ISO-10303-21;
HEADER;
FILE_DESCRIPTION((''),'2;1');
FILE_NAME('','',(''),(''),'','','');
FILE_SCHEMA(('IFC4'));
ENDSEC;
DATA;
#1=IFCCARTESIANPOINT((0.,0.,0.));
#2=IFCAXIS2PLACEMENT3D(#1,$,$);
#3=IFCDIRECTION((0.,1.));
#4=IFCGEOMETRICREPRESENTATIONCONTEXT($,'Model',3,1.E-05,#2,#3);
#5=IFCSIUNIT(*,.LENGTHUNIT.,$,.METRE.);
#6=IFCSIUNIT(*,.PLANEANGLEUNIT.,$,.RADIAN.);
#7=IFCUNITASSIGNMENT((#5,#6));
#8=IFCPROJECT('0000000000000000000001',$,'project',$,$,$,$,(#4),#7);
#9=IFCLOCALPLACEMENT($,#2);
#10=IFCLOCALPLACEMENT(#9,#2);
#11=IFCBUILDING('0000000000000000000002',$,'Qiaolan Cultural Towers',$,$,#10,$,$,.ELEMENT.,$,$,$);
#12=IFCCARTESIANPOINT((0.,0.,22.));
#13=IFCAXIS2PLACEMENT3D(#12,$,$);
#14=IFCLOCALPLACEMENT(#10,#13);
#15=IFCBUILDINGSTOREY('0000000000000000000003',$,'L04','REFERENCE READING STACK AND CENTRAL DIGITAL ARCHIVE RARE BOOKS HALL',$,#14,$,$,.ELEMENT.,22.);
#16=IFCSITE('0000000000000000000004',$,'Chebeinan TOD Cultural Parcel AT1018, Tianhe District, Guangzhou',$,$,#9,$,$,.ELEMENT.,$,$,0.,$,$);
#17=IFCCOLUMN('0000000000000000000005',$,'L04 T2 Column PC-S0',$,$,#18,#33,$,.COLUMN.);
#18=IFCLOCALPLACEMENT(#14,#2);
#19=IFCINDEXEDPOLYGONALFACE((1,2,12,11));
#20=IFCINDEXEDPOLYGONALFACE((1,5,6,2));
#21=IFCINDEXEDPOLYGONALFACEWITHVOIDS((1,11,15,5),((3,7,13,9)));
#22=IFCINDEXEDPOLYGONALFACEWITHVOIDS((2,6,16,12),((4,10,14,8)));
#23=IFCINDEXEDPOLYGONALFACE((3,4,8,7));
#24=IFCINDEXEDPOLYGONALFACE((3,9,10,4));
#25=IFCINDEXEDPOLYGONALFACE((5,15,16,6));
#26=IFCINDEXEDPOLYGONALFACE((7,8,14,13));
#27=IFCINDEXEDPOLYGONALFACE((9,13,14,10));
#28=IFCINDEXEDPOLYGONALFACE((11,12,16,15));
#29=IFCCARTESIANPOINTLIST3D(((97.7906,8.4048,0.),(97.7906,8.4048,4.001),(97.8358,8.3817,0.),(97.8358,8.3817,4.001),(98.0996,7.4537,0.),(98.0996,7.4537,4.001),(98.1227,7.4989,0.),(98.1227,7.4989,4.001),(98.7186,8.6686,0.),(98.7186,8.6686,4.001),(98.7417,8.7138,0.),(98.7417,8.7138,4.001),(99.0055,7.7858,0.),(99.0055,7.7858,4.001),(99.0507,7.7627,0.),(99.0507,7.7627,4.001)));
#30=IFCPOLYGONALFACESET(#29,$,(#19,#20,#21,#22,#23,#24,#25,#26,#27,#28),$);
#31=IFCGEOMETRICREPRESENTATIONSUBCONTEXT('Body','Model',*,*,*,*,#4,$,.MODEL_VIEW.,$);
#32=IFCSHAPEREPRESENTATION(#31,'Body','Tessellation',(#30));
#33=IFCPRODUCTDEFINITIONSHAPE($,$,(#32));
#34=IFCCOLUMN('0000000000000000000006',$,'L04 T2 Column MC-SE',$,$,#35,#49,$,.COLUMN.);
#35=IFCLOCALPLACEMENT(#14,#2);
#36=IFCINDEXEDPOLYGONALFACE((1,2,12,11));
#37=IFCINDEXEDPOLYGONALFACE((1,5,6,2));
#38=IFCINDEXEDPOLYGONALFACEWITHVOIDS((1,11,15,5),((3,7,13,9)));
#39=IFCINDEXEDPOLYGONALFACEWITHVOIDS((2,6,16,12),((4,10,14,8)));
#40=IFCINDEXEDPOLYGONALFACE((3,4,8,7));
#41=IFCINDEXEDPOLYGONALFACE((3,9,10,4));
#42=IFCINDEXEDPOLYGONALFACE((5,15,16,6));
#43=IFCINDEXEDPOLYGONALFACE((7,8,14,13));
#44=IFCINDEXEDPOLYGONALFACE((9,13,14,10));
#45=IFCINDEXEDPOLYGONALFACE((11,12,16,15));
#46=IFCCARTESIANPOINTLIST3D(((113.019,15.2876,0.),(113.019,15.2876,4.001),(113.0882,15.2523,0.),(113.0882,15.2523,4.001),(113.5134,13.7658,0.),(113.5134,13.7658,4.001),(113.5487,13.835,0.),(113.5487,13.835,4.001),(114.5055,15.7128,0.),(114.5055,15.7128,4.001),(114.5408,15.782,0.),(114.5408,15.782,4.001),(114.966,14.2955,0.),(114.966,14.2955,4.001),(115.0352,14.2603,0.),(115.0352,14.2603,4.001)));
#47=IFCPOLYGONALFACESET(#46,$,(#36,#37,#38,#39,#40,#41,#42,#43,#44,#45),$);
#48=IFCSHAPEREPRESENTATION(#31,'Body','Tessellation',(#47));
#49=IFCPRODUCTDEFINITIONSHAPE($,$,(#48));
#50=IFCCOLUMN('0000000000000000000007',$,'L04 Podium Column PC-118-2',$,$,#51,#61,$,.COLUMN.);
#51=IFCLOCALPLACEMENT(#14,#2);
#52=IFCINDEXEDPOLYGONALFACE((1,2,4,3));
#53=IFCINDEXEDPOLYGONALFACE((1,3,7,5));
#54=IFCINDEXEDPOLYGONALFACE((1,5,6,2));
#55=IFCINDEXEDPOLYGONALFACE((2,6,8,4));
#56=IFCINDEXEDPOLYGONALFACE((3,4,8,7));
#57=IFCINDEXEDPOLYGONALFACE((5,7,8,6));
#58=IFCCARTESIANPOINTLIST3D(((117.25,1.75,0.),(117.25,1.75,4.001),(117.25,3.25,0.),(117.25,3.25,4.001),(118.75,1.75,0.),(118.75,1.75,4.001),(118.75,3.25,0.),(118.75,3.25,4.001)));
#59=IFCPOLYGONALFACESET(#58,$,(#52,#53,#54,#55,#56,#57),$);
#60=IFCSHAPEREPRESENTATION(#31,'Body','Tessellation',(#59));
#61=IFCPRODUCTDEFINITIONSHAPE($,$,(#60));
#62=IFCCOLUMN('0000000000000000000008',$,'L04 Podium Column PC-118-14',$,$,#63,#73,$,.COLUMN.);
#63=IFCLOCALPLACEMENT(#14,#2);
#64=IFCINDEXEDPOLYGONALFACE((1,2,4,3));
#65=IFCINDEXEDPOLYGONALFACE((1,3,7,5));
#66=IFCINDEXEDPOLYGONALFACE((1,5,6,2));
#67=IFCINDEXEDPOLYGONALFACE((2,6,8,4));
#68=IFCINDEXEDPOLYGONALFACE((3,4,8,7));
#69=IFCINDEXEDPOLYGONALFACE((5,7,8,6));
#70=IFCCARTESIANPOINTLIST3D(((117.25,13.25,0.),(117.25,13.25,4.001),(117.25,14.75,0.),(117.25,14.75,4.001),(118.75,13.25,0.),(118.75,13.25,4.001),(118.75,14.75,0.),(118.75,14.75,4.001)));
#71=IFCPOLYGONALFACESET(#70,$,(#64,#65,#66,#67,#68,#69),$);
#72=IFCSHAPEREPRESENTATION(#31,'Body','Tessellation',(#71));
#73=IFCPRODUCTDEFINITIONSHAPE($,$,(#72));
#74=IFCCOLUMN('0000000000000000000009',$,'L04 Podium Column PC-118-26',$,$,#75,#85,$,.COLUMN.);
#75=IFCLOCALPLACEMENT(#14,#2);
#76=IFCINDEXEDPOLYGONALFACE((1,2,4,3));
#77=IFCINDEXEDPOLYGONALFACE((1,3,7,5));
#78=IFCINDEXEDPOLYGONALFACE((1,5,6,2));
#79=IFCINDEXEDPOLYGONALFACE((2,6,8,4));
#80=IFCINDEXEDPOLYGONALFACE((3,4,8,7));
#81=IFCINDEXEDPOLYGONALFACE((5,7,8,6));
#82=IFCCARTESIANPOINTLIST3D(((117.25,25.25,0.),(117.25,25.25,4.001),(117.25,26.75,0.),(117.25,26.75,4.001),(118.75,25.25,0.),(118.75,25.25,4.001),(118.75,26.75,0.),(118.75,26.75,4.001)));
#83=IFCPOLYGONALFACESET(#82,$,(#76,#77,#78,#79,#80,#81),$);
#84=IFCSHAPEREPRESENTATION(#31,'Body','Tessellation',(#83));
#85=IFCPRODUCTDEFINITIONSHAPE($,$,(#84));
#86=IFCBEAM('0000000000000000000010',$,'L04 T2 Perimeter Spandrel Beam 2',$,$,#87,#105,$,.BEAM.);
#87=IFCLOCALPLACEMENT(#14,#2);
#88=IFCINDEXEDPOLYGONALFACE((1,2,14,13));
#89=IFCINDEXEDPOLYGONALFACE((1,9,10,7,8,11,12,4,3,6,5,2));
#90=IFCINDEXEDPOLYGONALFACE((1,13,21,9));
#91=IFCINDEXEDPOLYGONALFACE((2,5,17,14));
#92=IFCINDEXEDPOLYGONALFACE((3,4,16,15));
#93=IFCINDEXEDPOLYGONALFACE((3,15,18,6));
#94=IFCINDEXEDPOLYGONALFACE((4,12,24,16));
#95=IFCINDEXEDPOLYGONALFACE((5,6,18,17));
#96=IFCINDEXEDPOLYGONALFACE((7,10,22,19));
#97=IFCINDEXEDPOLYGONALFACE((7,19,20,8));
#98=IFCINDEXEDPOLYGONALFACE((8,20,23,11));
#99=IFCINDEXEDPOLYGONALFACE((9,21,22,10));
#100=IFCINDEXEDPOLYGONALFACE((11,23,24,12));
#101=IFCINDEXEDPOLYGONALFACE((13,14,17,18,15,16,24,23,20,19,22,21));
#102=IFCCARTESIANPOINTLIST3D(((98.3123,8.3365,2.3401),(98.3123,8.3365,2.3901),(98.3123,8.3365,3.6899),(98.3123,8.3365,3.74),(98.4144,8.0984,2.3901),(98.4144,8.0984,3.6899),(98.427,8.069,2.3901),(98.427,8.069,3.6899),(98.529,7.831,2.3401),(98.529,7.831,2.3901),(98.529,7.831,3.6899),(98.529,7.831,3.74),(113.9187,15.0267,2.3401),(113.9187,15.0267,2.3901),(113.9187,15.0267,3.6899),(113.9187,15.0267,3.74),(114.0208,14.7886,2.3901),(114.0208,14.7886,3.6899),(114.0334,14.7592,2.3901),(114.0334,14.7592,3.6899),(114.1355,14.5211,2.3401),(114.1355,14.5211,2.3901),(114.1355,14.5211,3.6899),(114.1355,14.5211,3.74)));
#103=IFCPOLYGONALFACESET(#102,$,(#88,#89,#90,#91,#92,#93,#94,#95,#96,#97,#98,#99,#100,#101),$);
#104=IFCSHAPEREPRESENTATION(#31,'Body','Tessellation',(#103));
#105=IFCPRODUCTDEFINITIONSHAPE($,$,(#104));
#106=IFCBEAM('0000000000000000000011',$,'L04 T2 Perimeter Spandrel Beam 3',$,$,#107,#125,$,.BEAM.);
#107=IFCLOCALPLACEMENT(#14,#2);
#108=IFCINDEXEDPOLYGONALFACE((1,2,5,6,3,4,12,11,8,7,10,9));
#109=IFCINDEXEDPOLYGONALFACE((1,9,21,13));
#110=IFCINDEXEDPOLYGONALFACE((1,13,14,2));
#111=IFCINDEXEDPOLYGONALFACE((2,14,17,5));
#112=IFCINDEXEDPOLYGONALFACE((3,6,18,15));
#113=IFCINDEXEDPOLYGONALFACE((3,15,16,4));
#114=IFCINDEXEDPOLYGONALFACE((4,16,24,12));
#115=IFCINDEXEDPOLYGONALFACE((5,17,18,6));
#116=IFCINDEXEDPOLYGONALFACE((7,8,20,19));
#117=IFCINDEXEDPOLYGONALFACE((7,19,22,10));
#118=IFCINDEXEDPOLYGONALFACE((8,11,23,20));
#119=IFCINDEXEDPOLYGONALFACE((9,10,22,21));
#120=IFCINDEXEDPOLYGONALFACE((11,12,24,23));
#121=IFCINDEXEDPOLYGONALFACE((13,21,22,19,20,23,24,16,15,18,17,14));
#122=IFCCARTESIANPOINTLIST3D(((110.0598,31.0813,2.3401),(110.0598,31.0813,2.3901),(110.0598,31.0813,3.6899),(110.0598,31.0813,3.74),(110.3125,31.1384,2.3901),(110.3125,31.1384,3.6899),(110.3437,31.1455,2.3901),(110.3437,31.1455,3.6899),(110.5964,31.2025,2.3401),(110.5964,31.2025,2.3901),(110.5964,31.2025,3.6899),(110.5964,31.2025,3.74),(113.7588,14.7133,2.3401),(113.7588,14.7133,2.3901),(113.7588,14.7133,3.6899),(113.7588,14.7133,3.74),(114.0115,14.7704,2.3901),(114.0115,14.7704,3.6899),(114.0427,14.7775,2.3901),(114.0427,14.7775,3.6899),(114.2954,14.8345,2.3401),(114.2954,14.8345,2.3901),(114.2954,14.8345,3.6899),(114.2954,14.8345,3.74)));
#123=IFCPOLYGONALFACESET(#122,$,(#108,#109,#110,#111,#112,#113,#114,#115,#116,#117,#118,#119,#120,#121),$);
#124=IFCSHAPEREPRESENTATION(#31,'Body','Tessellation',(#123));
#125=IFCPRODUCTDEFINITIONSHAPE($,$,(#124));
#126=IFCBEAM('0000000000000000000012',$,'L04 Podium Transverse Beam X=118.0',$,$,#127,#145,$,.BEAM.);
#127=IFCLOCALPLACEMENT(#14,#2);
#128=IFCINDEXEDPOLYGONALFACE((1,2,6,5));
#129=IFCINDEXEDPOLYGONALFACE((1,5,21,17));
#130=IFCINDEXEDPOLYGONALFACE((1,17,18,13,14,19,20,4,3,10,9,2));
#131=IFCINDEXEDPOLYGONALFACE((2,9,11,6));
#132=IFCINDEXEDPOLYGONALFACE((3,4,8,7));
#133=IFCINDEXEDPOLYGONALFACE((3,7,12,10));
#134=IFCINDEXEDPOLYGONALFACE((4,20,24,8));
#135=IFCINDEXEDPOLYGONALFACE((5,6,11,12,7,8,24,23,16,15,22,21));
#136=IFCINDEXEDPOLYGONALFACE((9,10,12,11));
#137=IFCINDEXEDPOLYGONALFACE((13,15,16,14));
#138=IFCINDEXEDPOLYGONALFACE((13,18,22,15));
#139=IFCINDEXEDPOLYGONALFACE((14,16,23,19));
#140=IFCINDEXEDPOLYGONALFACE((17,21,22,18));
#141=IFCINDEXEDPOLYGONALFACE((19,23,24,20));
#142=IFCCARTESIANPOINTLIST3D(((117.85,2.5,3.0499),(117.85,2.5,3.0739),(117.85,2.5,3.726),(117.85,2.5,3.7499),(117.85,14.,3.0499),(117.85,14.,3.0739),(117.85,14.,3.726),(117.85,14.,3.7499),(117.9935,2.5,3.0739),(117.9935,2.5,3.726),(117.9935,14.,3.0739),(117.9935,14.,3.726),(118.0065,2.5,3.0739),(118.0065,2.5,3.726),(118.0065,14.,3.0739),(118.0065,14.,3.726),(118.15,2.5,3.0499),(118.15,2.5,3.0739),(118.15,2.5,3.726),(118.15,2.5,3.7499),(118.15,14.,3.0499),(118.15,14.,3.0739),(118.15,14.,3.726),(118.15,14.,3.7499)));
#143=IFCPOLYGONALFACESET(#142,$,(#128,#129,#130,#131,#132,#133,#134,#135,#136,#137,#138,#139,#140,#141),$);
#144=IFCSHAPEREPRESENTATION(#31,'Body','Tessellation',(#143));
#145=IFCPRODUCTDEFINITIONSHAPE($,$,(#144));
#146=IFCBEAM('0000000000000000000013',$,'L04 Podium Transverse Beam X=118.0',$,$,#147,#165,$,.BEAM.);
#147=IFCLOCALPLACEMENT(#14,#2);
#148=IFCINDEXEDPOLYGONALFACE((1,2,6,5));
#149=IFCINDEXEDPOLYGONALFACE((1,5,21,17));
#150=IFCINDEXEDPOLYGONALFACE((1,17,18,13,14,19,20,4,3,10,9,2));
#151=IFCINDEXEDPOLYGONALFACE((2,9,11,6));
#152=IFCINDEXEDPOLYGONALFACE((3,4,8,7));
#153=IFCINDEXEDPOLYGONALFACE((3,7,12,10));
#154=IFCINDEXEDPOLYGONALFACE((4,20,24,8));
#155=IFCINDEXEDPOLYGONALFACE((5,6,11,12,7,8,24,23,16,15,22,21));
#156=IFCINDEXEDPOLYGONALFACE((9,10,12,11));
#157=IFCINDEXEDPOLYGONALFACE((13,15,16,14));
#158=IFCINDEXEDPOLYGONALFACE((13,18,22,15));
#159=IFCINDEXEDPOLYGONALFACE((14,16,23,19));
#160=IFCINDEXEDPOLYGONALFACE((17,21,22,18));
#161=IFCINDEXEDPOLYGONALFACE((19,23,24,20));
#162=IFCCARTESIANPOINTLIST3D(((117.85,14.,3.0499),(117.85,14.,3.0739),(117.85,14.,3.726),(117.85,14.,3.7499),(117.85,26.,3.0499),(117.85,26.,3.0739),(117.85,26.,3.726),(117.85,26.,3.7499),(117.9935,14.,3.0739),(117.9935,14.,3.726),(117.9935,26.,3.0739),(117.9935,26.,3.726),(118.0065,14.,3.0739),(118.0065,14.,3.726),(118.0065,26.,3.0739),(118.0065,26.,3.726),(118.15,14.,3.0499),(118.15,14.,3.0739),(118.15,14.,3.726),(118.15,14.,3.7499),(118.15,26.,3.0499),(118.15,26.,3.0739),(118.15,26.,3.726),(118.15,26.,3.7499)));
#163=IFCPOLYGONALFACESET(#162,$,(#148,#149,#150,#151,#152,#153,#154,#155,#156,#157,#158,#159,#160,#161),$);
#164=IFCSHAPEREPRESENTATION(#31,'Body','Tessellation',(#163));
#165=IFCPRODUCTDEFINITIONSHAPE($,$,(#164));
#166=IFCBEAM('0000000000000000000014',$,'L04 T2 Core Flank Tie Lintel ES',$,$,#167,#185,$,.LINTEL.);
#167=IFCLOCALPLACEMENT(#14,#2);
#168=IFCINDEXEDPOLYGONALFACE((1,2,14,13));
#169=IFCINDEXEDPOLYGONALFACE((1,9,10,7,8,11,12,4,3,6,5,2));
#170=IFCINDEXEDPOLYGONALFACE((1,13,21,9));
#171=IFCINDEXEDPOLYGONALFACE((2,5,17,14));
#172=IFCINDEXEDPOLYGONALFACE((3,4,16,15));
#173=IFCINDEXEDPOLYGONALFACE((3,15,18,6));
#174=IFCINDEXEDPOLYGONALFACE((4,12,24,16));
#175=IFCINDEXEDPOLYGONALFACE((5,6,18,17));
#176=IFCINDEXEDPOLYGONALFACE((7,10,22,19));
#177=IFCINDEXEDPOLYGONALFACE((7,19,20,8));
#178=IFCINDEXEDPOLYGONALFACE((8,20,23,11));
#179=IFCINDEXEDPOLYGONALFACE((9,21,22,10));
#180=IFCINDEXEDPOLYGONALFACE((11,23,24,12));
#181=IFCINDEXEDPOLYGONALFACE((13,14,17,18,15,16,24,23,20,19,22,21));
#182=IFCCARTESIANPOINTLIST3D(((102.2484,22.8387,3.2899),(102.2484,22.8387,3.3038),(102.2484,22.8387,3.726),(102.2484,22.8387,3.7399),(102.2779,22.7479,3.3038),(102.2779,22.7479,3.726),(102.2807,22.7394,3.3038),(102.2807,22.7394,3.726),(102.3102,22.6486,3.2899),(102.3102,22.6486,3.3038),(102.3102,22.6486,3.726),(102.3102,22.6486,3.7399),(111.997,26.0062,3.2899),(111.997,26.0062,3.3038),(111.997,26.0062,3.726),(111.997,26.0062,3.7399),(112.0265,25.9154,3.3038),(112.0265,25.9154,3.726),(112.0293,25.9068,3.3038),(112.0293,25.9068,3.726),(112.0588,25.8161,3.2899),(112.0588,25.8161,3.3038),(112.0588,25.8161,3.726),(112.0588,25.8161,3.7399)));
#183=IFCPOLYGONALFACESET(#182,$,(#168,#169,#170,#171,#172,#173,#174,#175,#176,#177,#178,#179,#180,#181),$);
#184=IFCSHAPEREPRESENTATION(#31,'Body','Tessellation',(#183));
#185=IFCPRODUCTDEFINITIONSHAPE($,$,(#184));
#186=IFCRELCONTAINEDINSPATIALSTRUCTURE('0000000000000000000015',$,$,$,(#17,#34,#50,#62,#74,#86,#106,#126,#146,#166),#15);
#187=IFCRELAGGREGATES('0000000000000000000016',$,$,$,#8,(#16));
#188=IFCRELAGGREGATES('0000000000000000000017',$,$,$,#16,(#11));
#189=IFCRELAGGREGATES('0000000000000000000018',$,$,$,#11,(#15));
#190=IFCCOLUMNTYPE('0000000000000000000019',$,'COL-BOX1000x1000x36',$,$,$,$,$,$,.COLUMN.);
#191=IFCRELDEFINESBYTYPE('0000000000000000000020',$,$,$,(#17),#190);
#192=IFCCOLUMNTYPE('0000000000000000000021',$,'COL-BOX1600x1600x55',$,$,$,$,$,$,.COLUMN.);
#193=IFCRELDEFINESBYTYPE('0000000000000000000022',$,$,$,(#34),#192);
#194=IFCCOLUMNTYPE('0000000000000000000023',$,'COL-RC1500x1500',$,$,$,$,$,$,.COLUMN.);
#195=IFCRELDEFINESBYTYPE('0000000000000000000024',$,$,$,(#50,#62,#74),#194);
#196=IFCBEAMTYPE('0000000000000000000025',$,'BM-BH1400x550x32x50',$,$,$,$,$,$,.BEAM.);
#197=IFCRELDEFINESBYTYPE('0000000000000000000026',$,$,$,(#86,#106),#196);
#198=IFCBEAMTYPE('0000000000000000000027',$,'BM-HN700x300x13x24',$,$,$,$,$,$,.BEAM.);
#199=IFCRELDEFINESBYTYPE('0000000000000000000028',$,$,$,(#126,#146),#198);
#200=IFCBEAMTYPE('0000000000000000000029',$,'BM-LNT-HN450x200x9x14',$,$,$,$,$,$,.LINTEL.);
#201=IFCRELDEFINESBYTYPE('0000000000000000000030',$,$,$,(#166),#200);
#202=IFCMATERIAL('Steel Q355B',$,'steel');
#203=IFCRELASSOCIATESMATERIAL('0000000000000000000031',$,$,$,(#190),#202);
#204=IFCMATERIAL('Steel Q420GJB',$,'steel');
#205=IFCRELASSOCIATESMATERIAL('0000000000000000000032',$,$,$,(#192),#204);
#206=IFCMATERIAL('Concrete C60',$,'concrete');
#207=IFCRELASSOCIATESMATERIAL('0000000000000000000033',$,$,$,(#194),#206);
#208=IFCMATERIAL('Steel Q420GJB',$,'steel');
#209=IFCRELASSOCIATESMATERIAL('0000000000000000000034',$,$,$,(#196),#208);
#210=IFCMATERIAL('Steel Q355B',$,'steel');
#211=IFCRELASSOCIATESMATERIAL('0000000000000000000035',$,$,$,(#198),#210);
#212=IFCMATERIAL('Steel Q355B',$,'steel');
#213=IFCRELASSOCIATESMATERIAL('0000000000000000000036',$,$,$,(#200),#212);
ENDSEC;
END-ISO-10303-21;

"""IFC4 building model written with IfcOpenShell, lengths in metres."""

from ifc_helpers import new_model, si_unit, direction, frame, origin, origin_2d, place, context, subcontext, project, spatial, rectangle, hollow_rectangle, i_section, extrude, material, material_profile, profile_set, type_object, element, save


model = new_model("IFC4")

# Units and contexts
model_context = context("Model", 3, precision=1e-05, world=origin(), true_north=direction((0.0, 1.0)))
body_context = subcontext(model_context, "Body", "Model", "MODEL_VIEW")
ifc_project = project(units=[si_unit("LENGTHUNIT", "METRE"), si_unit("PLANEANGLEUNIT", "RADIAN")], contexts=[model_context])

# Site, building, storey
site_placement = place(None, origin())
site = spatial("IfcSite", under=ifc_project, at=site_placement, Name="Chebeinan TOD Cultural Parcel AT1018, Tianhe District, Guangzhou", CompositionType="ELEMENT", RefElevation=0.0)
building_placement = place(site_placement, origin())
building = spatial("IfcBuilding", under=site, at=building_placement, Name="Qiaolan Cultural Towers", CompositionType="ELEMENT")
storey_placement = place(building_placement, frame((0.0, 0.0, 22.0)))
storey = spatial("IfcBuildingStorey", under=building, at=storey_placement, Name="L04", Description="REFERENCE READING STACK AND CENTRAL DIGITAL ARCHIVE RARE BOOKS HALL", CompositionType="ELEMENT", Elevation=22.0)

# Columns
ifc_material_1 = material(Name="Steel Q355B", Category="steel")
ifc_material_profile_1 = material_profile(ifc_material_1, hollow_rectangle(XDim=1.0, YDim=1.0, WallThickness=0.0359, at=origin_2d()), Name="BOX1000x1000x36")
ifc_profile_set_1 = profile_set([ifc_material_profile_1], Name="Steel Q355B")
column_type_1 = type_object("IfcColumnType", Name="COL-BOX1000x1000x36", PredefinedType="COLUMN", material=ifc_profile_set_1)
column_1_placement = place(storey_placement, frame((98.4207, 8.0837, 0.0), z_axis=(0.0, 0.0, 1.0), x_axis=(0.951057, 0.309017, 0.0)))
element("IfcColumn", 1, at=column_1_placement, inside=storey, type_object=column_type_1, Name="L04 T2 Column PC-S0", PredefinedType="COLUMN", context=body_context, shape_type="SweptSolid", body=[
    extrude(hollow_rectangle(XDim=1.0, YDim=1.0, WallThickness=0.0359, at=origin_2d()), origin(), (0.0, 0.0, 1.0), 4.001),
])
ifc_material_2 = material(Name="Steel Q420GJB", Category="steel")
ifc_material_profile_2 = material_profile(ifc_material_2, hollow_rectangle(XDim=1.6001, YDim=1.6001, WallThickness=0.0549, at=origin_2d()), Name="BOX1600x1600x55")
ifc_profile_set_2 = profile_set([ifc_material_profile_2], Name="Steel Q420GJB")
column_type_2 = type_object("IfcColumnType", Name="COL-BOX1600x1600x55", PredefinedType="COLUMN", material=ifc_profile_set_2)
column_2_placement = place(storey_placement, frame((114.0271, 14.7739, 0.0), z_axis=(0.0, 0.0, 1.0), x_axis=(0.951057, 0.309017, 0.0)))
element("IfcColumn", 2, at=column_2_placement, inside=storey, type_object=column_type_2, Name="L04 T2 Column MC-SE", PredefinedType="COLUMN", context=body_context, shape_type="SweptSolid", body=[
    extrude(hollow_rectangle(XDim=1.6001, YDim=1.6001, WallThickness=0.0549, at=origin_2d()), origin(), (0.0, 0.0, 1.0), 4.001),
])
ifc_material_3 = material(Name="Concrete C60", Category="concrete")
ifc_material_profile_3 = material_profile(ifc_material_3, rectangle(XDim=1.5, YDim=1.5, at=origin_2d()), Name="RC1500x1500")
ifc_profile_set_3 = profile_set([ifc_material_profile_3], Name="Concrete C60")
column_type_3 = type_object("IfcColumnType", Name="COL-RC1500x1500", PredefinedType="COLUMN", material=ifc_profile_set_3)
for number, where, z_axis, x_axis, name in (
    (3, (118.0, 2.5, 0.0), (0.0, 0.0, 1.0), (1.0, 0.0, 0.0), "L04 Podium Column PC-118-2"),
    (4, (118.0, 14.0, 0.0), (0.0, 0.0, 1.0), (1.0, 0.0, 0.0), "L04 Podium Column PC-118-14"),
    (5, (118.0, 26.0, 0.0), (0.0, 0.0, 1.0), (1.0, 0.0, 0.0), "L04 Podium Column PC-118-26"),
):
    element("IfcColumn", number, at=place(storey_placement, frame(where, z_axis=z_axis, x_axis=x_axis)), inside=storey, type_object=column_type_3, Name=name, PredefinedType="COLUMN", context=body_context, shape_type="SweptSolid", body=[
        extrude(rectangle(XDim=1.5, YDim=1.5, at=origin_2d()), origin(), (0.0, 0.0, 1.0), 4.001),
    ])

# Beams
ifc_material_4 = material(Name="Steel Q420GJB", Category="steel")
ifc_material_profile_4 = material_profile(ifc_material_4, i_section(OverallWidth=0.55, OverallDepth=1.3999, WebThickness=0.032, FlangeThickness=0.05, at=origin_2d()), Name="BH1400x550x32x50")
ifc_profile_set_4 = profile_set([ifc_material_profile_4], Name="Steel Q420GJB")
beam_type_1 = type_object("IfcBeamType", Name="BM-BH1400x550x32x50", PredefinedType="BEAM", material=ifc_profile_set_4)
beam_1_placement = place(storey_placement, frame((98.4207, 8.0837, 3.04), z_axis=(0.919109, 0.394004, 0.0), x_axis=(-0.394004, 0.919109, 0.0)))
element("IfcBeam", 6, at=beam_1_placement, inside=storey, type_object=beam_type_1, Name="L04 T2 Perimeter Spandrel Beam 2", PredefinedType="BEAM", context=body_context, shape_type="SweptSolid", body=[
    extrude(i_section(OverallWidth=0.55, OverallDepth=1.3999, WebThickness=0.032, FlangeThickness=0.05, at=origin_2d()), origin(), (0.0, 0.0, 1.0), 16.98),
])
beam_2_placement = place(storey_placement, frame((114.0271, 14.7739, 3.04), z_axis=(-0.220431, 0.975403, 0.0), x_axis=(-0.975403, -0.220431, 0.0)))
element("IfcBeam", 7, at=beam_2_placement, inside=storey, type_object=beam_type_1, Name="L04 T2 Perimeter Spandrel Beam 3", PredefinedType="BEAM", context=body_context, shape_type="SweptSolid", body=[
    extrude(i_section(OverallWidth=0.55, OverallDepth=1.3999, WebThickness=0.032, FlangeThickness=0.05, at=origin_2d()), origin(), (0.0, 0.0, 1.0), 16.7808),
])
ifc_material_5 = material(Name="Steel Q355B", Category="steel")
ifc_material_profile_5 = material_profile(ifc_material_5, i_section(OverallWidth=0.3, OverallDepth=0.7, WebThickness=0.0129, FlangeThickness=0.0239, at=origin_2d()), Name="HN700x300x13x24")
ifc_profile_set_5 = profile_set([ifc_material_profile_5], Name="Steel Q355B")
beam_type_2 = type_object("IfcBeamType", Name="BM-HN700x300x13x24", PredefinedType="BEAM", material=ifc_profile_set_5)
beam_3_placement = place(storey_placement, frame((118.0, 2.5, 3.3999), z_axis=(0.0, 1.0, 0.0), x_axis=(-1.0, 0.0, 0.0)))
element("IfcBeam", 8, at=beam_3_placement, inside=storey, type_object=beam_type_2, Name="L04 Podium Transverse Beam X=118.0", PredefinedType="BEAM", context=body_context, shape_type="SweptSolid", body=[
    extrude(i_section(OverallWidth=0.3, OverallDepth=0.7, WebThickness=0.0129, FlangeThickness=0.0239, at=origin_2d()), origin(), (0.0, 0.0, 1.0), 11.5),
])
beam_4_placement = place(storey_placement, frame((118.0, 14.0, 3.3999), z_axis=(0.0, 1.0, 0.0), x_axis=(-1.0, 0.0, 0.0)))
element("IfcBeam", 9, at=beam_4_placement, inside=storey, type_object=beam_type_2, Name="L04 Podium Transverse Beam X=118.0", PredefinedType="BEAM", context=body_context, shape_type="SweptSolid", body=[
    extrude(i_section(OverallWidth=0.3, OverallDepth=0.7, WebThickness=0.0129, FlangeThickness=0.0239, at=origin_2d()), origin(), (0.0, 0.0, 1.0), 12.0),
])
ifc_material_6 = material(Name="Steel Q355B", Category="steel")
ifc_material_profile_6 = material_profile(ifc_material_6, i_section(OverallWidth=0.2, OverallDepth=0.45, WebThickness=0.009, FlangeThickness=0.0139, at=origin_2d()), Name="HN450x200x9x14")
ifc_profile_set_6 = profile_set([ifc_material_profile_6], Name="Steel Q355B")
beam_type_3 = type_object("IfcBeamType", Name="BM-LNT-HN450x200x9x14", PredefinedType="LINTEL", material=ifc_profile_set_6)
beam_5_placement = place(storey_placement, frame((102.2793, 22.7437, 3.5149), z_axis=(0.951057, 0.309016, 0.0), x_axis=(-0.309016, 0.951057, 0.0)))
element("IfcBeam", 10, at=beam_5_placement, inside=storey, type_object=beam_type_3, Name="L04 T2 Core Flank Tie Lintel ES", PredefinedType="LINTEL", context=body_context, shape_type="SweptSolid", body=[
    extrude(i_section(OverallWidth=0.2, OverallDepth=0.45, WebThickness=0.009, FlangeThickness=0.0139, at=origin_2d()), origin(), (0.0, 0.0, 1.0), 10.2502),
])

save(model, "model.ifc")
